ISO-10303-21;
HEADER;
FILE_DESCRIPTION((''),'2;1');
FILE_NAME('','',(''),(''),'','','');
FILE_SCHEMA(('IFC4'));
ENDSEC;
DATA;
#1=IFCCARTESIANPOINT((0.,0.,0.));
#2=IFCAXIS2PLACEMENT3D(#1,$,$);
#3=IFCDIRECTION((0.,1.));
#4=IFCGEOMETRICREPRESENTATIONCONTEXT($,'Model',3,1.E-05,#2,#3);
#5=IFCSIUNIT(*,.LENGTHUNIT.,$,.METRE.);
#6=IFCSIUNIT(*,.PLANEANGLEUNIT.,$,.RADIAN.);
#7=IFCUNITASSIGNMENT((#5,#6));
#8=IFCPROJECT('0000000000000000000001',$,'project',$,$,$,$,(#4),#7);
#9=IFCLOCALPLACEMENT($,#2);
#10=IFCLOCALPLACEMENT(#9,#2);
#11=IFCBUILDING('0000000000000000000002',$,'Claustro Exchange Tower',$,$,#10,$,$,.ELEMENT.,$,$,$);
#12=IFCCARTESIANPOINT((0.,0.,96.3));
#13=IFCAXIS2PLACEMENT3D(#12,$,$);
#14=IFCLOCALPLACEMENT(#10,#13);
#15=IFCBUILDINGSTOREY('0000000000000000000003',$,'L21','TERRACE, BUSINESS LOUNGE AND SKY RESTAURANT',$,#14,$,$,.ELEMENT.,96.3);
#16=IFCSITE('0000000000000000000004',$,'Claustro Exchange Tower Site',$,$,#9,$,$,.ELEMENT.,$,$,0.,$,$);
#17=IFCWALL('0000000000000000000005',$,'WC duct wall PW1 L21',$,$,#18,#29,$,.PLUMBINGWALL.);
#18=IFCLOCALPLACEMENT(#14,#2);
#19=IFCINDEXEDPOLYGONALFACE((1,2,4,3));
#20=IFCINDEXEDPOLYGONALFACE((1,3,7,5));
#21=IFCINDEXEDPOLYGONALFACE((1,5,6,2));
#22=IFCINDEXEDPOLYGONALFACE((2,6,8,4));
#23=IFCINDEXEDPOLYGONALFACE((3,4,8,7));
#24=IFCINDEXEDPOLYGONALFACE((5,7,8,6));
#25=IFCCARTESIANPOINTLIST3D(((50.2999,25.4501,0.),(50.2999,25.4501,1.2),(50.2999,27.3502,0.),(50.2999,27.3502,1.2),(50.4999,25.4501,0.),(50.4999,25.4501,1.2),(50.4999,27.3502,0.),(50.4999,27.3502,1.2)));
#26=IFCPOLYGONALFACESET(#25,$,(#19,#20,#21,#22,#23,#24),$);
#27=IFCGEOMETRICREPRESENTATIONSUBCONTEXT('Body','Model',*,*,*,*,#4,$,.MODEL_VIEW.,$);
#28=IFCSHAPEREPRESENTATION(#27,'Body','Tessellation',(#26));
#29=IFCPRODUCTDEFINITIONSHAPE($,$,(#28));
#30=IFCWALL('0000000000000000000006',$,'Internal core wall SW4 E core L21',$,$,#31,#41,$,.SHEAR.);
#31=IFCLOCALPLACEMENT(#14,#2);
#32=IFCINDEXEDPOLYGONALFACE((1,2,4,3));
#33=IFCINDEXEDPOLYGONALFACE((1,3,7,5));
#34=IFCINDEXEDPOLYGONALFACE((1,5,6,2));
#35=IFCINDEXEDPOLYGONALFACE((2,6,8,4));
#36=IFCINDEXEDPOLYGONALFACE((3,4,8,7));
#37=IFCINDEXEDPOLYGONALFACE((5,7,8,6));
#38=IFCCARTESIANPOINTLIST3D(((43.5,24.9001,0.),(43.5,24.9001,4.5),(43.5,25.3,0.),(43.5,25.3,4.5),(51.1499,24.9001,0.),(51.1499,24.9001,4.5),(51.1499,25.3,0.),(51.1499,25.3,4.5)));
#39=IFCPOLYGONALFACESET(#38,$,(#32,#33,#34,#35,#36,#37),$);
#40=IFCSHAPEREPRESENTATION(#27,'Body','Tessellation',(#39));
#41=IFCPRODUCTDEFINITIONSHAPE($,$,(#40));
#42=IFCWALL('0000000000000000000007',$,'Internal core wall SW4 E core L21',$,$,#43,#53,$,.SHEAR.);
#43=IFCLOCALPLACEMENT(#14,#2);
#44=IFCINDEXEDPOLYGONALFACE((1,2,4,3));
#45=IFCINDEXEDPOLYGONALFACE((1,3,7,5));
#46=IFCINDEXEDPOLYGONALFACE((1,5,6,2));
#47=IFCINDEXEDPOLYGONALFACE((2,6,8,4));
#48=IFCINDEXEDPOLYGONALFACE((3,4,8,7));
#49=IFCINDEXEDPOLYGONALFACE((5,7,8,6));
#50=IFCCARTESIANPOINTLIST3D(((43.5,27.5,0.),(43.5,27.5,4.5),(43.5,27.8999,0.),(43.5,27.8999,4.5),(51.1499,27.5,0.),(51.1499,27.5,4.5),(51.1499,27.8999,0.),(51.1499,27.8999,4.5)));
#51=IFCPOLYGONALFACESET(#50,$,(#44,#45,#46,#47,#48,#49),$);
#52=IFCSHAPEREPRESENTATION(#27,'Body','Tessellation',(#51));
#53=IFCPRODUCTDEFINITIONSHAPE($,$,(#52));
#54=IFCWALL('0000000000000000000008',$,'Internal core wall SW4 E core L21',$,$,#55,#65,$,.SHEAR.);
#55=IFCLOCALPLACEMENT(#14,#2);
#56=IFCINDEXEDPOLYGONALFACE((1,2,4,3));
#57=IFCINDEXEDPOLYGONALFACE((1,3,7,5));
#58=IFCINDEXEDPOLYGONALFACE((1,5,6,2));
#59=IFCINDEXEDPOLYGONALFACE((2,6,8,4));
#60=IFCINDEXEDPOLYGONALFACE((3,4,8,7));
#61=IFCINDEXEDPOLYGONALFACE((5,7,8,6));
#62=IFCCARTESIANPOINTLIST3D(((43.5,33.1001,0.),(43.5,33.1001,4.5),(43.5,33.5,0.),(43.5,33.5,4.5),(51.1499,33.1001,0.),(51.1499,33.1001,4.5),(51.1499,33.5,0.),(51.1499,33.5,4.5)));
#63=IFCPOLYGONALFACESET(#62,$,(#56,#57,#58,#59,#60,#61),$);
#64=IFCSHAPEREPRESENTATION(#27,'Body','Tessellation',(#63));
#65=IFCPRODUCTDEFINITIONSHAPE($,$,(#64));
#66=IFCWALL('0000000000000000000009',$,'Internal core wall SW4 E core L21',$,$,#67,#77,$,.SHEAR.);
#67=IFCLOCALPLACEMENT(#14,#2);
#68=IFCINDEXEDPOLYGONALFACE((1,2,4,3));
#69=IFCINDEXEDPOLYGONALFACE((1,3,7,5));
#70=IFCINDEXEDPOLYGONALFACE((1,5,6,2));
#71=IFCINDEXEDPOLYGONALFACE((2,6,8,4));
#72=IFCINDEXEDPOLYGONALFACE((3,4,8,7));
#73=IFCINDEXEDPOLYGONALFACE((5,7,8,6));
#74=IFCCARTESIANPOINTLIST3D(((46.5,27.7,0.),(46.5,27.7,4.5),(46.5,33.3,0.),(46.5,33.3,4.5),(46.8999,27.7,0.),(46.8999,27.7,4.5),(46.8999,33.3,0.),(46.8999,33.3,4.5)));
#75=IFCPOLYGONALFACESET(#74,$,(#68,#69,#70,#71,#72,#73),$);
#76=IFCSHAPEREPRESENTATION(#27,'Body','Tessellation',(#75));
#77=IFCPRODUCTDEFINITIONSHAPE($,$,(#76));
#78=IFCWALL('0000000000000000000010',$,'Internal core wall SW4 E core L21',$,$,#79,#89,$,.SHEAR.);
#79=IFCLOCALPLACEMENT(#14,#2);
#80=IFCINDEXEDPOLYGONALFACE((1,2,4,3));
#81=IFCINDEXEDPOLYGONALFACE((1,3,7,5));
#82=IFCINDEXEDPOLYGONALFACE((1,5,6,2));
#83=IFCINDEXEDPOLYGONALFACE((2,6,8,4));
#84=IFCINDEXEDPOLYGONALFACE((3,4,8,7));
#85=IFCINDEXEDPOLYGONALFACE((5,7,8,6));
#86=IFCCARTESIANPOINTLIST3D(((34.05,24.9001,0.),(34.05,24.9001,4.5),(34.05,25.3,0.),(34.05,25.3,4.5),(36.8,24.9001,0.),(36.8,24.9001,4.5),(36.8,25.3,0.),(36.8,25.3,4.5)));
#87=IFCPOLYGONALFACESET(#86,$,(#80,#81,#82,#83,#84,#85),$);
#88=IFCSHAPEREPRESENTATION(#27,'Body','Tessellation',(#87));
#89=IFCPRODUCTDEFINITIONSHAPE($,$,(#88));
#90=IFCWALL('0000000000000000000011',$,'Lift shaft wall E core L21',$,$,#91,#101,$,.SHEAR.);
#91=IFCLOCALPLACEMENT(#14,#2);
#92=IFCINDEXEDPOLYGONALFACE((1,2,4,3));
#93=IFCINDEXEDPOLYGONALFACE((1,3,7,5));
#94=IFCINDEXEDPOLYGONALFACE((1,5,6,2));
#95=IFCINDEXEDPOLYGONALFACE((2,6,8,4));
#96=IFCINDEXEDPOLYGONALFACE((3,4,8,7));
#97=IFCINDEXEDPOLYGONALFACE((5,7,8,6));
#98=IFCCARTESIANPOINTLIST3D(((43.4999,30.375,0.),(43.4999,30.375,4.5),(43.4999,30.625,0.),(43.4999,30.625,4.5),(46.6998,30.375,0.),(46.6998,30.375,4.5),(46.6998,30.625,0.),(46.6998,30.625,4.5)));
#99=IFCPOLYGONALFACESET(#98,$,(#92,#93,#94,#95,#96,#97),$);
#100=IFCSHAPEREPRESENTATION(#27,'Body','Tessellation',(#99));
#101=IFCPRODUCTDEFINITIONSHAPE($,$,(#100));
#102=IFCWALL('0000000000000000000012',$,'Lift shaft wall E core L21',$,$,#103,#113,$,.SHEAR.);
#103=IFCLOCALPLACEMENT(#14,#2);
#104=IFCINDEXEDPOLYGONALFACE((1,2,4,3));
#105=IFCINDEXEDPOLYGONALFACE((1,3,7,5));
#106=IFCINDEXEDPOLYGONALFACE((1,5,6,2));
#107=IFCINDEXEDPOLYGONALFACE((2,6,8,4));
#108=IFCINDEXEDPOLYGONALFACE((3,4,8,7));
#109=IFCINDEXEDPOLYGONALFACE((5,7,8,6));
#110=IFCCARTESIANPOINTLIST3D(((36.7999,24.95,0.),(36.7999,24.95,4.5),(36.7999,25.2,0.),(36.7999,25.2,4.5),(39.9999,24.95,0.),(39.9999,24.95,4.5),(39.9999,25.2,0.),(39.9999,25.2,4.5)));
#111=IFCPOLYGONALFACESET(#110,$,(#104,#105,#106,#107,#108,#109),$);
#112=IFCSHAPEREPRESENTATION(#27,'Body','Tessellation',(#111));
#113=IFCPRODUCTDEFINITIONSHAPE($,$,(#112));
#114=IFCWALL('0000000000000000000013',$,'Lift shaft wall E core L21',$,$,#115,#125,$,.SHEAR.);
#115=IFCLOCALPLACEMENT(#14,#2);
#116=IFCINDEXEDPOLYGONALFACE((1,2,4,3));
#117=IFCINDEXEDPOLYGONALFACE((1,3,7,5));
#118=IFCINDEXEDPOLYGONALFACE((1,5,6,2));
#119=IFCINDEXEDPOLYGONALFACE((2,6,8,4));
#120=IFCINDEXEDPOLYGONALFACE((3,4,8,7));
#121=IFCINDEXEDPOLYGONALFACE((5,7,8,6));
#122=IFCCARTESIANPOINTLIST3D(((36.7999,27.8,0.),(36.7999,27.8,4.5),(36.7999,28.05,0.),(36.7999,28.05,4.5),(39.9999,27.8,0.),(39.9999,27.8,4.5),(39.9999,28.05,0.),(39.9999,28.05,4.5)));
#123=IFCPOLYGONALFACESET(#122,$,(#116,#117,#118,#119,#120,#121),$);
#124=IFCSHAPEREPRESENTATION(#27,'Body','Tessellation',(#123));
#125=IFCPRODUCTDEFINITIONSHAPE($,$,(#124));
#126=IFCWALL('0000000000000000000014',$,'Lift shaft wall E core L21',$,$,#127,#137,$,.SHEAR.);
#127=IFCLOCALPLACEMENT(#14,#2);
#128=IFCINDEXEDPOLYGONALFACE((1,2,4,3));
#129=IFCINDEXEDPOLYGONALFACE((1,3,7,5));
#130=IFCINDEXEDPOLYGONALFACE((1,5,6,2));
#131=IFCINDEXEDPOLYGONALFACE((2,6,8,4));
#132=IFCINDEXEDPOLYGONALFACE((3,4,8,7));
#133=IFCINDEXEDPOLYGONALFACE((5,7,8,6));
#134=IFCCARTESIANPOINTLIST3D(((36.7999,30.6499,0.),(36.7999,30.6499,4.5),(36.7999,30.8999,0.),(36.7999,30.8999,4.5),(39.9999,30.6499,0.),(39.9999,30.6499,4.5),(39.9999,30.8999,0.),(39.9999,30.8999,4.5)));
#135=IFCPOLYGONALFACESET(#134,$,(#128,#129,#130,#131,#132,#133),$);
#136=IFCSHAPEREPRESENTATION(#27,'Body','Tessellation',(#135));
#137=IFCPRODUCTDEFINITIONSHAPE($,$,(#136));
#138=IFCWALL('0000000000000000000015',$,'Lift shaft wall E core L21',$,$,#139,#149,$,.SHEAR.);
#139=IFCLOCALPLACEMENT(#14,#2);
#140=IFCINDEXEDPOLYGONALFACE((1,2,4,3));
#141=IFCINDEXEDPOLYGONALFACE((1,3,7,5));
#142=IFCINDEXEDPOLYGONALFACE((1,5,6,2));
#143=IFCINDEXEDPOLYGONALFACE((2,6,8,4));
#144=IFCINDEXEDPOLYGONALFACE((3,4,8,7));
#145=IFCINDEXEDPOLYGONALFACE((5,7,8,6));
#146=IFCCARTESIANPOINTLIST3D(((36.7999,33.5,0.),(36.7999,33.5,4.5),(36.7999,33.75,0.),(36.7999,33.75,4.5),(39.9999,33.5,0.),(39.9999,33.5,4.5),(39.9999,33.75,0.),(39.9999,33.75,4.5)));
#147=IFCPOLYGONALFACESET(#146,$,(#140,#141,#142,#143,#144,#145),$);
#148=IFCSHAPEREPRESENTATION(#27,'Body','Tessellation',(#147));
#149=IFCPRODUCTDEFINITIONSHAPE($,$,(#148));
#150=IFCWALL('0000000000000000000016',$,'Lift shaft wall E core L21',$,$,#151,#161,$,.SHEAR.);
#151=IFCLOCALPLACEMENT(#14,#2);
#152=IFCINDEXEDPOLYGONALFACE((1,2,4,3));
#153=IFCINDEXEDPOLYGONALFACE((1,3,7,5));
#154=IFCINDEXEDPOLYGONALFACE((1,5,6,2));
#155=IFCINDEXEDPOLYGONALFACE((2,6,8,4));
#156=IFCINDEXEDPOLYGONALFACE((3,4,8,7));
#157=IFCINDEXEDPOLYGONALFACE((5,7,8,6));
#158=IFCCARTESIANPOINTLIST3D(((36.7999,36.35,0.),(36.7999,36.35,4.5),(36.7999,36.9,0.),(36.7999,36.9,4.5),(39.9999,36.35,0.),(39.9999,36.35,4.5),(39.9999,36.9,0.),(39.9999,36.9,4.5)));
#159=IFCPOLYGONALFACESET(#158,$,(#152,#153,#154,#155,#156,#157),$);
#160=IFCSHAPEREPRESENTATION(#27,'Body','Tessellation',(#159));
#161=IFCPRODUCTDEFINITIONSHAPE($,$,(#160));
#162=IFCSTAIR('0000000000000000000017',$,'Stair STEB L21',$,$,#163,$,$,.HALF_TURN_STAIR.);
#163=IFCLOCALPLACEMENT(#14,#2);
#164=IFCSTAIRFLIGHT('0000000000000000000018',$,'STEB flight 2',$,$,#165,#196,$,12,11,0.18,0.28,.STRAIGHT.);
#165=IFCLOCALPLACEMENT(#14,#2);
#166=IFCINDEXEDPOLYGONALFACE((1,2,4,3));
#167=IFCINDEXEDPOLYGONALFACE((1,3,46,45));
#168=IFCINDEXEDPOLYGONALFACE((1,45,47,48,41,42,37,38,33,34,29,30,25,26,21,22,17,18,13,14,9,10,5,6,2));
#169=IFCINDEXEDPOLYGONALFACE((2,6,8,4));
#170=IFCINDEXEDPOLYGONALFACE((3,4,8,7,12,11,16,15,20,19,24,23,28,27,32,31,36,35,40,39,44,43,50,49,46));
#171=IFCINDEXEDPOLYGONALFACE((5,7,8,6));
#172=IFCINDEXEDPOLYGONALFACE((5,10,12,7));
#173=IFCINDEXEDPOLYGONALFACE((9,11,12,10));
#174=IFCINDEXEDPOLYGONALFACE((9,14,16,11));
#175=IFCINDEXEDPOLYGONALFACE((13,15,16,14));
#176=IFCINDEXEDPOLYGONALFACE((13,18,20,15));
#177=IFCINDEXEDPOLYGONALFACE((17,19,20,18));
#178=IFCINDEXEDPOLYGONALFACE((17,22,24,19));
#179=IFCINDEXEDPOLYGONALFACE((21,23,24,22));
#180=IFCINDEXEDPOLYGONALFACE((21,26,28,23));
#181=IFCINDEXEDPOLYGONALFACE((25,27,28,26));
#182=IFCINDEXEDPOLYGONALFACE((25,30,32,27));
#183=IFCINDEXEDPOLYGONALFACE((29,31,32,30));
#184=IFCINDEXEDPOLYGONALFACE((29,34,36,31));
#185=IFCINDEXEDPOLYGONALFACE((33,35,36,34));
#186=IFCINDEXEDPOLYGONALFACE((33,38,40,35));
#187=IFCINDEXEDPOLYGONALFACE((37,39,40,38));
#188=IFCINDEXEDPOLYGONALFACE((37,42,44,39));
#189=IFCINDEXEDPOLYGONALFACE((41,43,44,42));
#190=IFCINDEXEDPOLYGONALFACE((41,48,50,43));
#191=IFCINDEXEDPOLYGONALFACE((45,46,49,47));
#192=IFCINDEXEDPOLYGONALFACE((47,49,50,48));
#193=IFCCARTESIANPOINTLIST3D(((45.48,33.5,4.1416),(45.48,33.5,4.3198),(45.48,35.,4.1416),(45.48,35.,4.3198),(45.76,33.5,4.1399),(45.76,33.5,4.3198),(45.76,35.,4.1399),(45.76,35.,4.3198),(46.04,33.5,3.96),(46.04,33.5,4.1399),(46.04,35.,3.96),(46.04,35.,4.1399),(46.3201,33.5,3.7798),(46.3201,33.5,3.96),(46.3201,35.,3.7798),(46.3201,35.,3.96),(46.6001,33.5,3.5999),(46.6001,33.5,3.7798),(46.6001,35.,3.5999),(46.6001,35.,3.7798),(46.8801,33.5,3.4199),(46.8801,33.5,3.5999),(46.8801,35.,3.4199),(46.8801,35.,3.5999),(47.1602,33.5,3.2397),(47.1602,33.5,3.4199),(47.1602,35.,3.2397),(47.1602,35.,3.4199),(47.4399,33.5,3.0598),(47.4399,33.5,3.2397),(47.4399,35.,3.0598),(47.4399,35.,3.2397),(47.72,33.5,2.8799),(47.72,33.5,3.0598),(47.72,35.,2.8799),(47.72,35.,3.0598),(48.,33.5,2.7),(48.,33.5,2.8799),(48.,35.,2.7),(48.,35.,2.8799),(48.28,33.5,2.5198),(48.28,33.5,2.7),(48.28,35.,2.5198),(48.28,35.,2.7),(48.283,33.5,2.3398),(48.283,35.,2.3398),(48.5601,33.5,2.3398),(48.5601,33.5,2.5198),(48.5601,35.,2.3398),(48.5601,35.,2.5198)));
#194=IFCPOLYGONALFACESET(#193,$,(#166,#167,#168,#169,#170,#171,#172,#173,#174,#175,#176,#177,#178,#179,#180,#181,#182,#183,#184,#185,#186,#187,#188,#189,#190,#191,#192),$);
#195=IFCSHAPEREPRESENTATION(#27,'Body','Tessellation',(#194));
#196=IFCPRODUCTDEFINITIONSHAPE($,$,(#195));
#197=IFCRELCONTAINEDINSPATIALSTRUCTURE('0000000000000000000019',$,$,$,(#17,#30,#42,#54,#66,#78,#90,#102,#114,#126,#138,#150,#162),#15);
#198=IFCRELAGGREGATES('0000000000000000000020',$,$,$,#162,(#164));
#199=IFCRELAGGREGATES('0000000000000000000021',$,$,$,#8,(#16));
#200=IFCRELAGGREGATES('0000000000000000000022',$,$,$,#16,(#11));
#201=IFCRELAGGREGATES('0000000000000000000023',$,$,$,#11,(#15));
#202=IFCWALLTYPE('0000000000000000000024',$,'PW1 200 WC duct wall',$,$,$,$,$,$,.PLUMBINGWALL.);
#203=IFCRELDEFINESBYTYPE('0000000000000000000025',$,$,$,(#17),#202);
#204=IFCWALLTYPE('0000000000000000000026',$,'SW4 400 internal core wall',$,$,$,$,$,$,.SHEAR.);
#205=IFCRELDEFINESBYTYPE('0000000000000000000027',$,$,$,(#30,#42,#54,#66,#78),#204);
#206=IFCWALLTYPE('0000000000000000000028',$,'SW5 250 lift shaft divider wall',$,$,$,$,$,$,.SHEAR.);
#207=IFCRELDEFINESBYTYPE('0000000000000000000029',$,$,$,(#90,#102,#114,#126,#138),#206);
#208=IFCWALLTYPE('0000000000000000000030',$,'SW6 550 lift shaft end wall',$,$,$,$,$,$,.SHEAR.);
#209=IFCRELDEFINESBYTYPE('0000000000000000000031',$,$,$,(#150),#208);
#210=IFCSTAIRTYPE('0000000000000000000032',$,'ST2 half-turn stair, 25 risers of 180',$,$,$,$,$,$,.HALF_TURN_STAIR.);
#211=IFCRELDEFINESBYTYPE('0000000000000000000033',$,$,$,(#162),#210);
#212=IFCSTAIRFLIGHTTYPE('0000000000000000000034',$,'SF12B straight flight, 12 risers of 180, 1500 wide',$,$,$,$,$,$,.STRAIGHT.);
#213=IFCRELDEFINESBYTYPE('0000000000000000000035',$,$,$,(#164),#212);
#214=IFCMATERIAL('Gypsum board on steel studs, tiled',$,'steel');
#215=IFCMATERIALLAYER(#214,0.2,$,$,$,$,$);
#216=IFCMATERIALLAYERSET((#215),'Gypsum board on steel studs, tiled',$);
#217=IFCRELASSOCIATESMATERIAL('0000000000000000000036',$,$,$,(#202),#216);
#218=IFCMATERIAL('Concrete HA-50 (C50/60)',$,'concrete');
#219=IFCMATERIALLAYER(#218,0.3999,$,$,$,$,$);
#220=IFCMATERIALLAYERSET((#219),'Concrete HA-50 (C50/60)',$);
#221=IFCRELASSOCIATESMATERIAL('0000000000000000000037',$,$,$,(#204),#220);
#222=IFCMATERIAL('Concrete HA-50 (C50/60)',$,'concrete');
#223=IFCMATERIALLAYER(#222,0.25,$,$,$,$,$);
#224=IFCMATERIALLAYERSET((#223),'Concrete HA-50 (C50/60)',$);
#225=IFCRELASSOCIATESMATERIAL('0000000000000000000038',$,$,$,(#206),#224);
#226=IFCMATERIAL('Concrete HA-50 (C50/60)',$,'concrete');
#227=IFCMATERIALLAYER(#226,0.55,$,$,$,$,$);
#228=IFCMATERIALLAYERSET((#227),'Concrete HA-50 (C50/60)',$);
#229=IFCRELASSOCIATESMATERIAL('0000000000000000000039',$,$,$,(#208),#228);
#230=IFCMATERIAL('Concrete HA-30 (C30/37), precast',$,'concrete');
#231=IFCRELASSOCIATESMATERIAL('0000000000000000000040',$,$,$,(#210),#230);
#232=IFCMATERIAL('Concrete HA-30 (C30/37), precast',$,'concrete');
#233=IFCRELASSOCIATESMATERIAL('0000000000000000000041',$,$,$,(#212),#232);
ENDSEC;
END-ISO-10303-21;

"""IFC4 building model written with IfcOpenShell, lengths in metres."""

from ifc_helpers import new_model, si_unit, direction, frame, frame_2d, origin, place, context, subcontext, project, spatial, polyline, rectangle, outline, extrude, material, layer, layer_set, type_object, element, aggregate, save


model = new_model("IFC4")

# Units and contexts
model_context = context("Model", 3, precision=1e-05, world=origin(), true_north=direction((0.0, 1.0)))
body_context = subcontext(model_context, "Body", "Model", "MODEL_VIEW")
ifc_project = project(units=[si_unit("LENGTHUNIT", "METRE"), si_unit("PLANEANGLEUNIT", "RADIAN")], contexts=[model_context])

# Site, building, storey
site_placement = place(None, origin())
site = spatial("IfcSite", under=ifc_project, at=site_placement, Name="Claustro Exchange Tower Site", CompositionType="ELEMENT", RefElevation=0.0)
building_placement = place(site_placement, origin())
building = spatial("IfcBuilding", under=site, at=building_placement, Name="Claustro Exchange Tower", CompositionType="ELEMENT")
storey_placement = place(building_placement, frame((0.0, 0.0, 96.3)))
storey = spatial("IfcBuildingStorey", under=building, at=storey_placement, Name="L21", Description="TERRACE, BUSINESS LOUNGE AND SKY RESTAURANT", CompositionType="ELEMENT", Elevation=96.3)

# Wall
ifc_material_1 = material(Name="Gypsum board on steel studs, tiled", Category="steel")
ifc_layer_1 = layer(ifc_material_1, 0.2)
ifc_layer_set_1 = layer_set([ifc_layer_1], Name="Gypsum board on steel studs, tiled")
wall_type_1 = type_object("IfcWallType", Name="PW1 200 WC duct wall", PredefinedType="PLUMBINGWALL", material=ifc_layer_set_1)
wall_1_placement = place(storey_placement, frame((50.3999, 25.45, 0.0), z_axis=(0.0, 0.0, 1.0), x_axis=(0.0, 1.0, 0.0)))
element("IfcWall", 1, at=wall_1_placement, inside=storey, type_object=wall_type_1, Name="WC duct wall PW1 L21", PredefinedType="PLUMBINGWALL", context=body_context, shape_type="SweptSolid", body=[
    extrude(rectangle(XDim=1.9001, YDim=0.2, at=frame_2d((0.9502, 0.0))), origin(), (0.0, 0.0, 1.0), 1.2),
])

# Walls
ifc_material_2 = material(Name="Concrete HA-50 (C50/60)", Category="concrete")
ifc_layer_2 = layer(ifc_material_2, 0.3999)
ifc_layer_set_2 = layer_set([ifc_layer_2], Name="Concrete HA-50 (C50/60)")
wall_type_2 = type_object("IfcWallType", Name="SW4 400 internal core wall", PredefinedType="SHEAR", material=ifc_layer_set_2)
for number, where, z_axis, x_axis, name in (
    (2, (51.1499, 25.1001, 0.0), (0.0, 0.0, 1.0), (-1.0, 0.0, 0.0), "Internal core wall SW4 E core L21"),
    (3, (51.1499, 27.7, 0.0), (0.0, 0.0, 1.0), (-1.0, 0.0, 0.0), "Internal core wall SW4 E core L21"),
    (4, (51.1499, 33.3, 0.0), (0.0, 0.0, 1.0), (-1.0, 0.0, 0.0), "Internal core wall SW4 E core L21"),
):
    element("IfcWall", number, at=place(storey_placement, frame(where, z_axis=z_axis, x_axis=x_axis)), inside=storey, type_object=wall_type_2, Name=name, PredefinedType="SHEAR", context=body_context, shape_type="SweptSolid", body=[
        extrude(rectangle(XDim=7.6499, YDim=0.3999, at=frame_2d((3.825, 0.0))), origin(), (0.0, 0.0, 1.0), 4.5),
    ])
wall_2_placement = place(storey_placement, frame((46.7, 27.7, 0.0), z_axis=(0.0, 0.0, 1.0), x_axis=(0.0, 1.0, 0.0)))
element("IfcWall", 5, at=wall_2_placement, inside=storey, type_object=wall_type_2, Name="Internal core wall SW4 E core L21", PredefinedType="SHEAR", context=body_context, shape_type="SweptSolid", body=[
    extrude(rectangle(XDim=5.6001, YDim=0.3999, at=frame_2d((2.8, 0.0))), origin(), (0.0, 0.0, 1.0), 4.5),
])
wall_3_placement = place(storey_placement, frame((36.8, 25.1001, 0.0), z_axis=(0.0, 0.0, 1.0), x_axis=(-1.0, 0.0, 0.0)))
element("IfcWall", 6, at=wall_3_placement, inside=storey, type_object=wall_type_2, Name="Internal core wall SW4 E core L21", PredefinedType="SHEAR", context=body_context, shape_type="SweptSolid", body=[
    extrude(rectangle(XDim=2.75, YDim=0.3999, at=frame_2d((1.375, 0.0))), origin(), (0.0, 0.0, 1.0), 4.5),
])
ifc_material_3 = material(Name="Concrete HA-50 (C50/60)", Category="concrete")
ifc_layer_3 = layer(ifc_material_3, 0.25)
ifc_layer_set_3 = layer_set([ifc_layer_3], Name="Concrete HA-50 (C50/60)")
wall_type_3 = type_object("IfcWallType", Name="SW5 250 lift shaft divider wall", PredefinedType="SHEAR", material=ifc_layer_set_3)
for number, where, z_axis, x_axis, name in (
    (7, (46.7, 30.5, 0.0), (0.0, 0.0, 1.0), (-1.0, 0.0, 0.0), "Lift shaft wall E core L21"),
    (8, (40.0, 25.075, 0.0), (0.0, 0.0, 1.0), (-1.0, 0.0, 0.0), "Lift shaft wall E core L21"),
    (9, (40.0, 27.925, 0.0), (0.0, 0.0, 1.0), (-1.0, 0.0, 0.0), "Lift shaft wall E core L21"),
    (10, (40.0, 30.7749, 0.0), (0.0, 0.0, 1.0), (-1.0, 0.0, 0.0), "Lift shaft wall E core L21"),
    (11, (40.0, 33.625, 0.0), (0.0, 0.0, 1.0), (-1.0, 0.0, 0.0), "Lift shaft wall E core L21"),
):
    element("IfcWall", number, at=place(storey_placement, frame(where, z_axis=z_axis, x_axis=x_axis)), inside=storey, type_object=wall_type_3, Name=name, PredefinedType="SHEAR", context=body_context, shape_type="SweptSolid", body=[
        extrude(rectangle(XDim=3.2, YDim=0.25, at=frame_2d((1.6001, 0.0))), origin(), (0.0, 0.0, 1.0), 4.5),
    ])
ifc_material_4 = material(Name="Concrete HA-50 (C50/60)", Category="concrete")
ifc_layer_4 = layer(ifc_material_4, 0.55)
ifc_layer_set_4 = layer_set([ifc_layer_4], Name="Concrete HA-50 (C50/60)")
wall_type_4 = type_object("IfcWallType", Name="SW6 550 lift shaft end wall", PredefinedType="SHEAR", material=ifc_layer_set_4)
wall_4_placement = place(storey_placement, frame((40.0, 36.625, 0.0), z_axis=(0.0, 0.0, 1.0), x_axis=(-1.0, 0.0, 0.0)))
element("IfcWall", 12, at=wall_4_placement, inside=storey, type_object=wall_type_4, Name="Lift shaft wall E core L21", PredefinedType="SHEAR", context=body_context, shape_type="SweptSolid", body=[
    extrude(rectangle(XDim=3.2, YDim=0.55, at=frame_2d((1.6001, 0.0))), origin(), (0.0, 0.0, 1.0), 4.5),
])

# Stair, stair flight
ifc_material_5 = material(Name="Concrete HA-30 (C30/37), precast", Category="concrete")
stair_type = type_object("IfcStairType", Name="ST2 half-turn stair, 25 risers of 180", PredefinedType="HALF_TURN_STAIR", material=ifc_material_5)
stair_placement = place(storey_placement, origin())
stair = element("IfcStair", 13, at=stair_placement, inside=storey, type_object=stair_type, Name="Stair STEB L21", PredefinedType="HALF_TURN_STAIR")
ifc_material_6 = material(Name="Concrete HA-30 (C30/37), precast", Category="concrete")
stair_flight_type_1 = type_object("IfcStairFlightType", Name="SF12B straight flight, 12 risers of 180, 1500 wide", PredefinedType="STRAIGHT", material=ifc_material_6)
stair_flight_1_placement = place(storey_placement, frame((48.5601, 34.25, 2.3398), z_axis=(0.0, 0.0, 1.0), x_axis=(-1.0, 0.0, 0.0)))
stair_flight_1 = element("IfcStairFlight", 14, at=stair_flight_1_placement, type_object=stair_flight_type_1, Name="STEB flight 2", NumberOfRisers=12, NumberOfTreads=11, PredefinedType="STRAIGHT", RiserHeight=0.18, TreadLength=0.28, context=body_context, shape_type="SweptSolid", body=[
    extrude(outline(polyline([(0.0, 0.0), (0.0, 0.1799), (0.28, 0.1799), (0.28, 0.3601), (0.5601, 0.3601), (0.5601, 0.54), (0.8401, 0.54), (0.8401, 0.72), (1.1201, 0.72), (1.1201, 0.8999), (1.3999, 0.8999), (1.3999, 1.0801), (1.6799, 1.0801), (1.6799, 1.26), (1.96, 1.26), (1.96, 1.4399), (2.24, 1.4399), (2.24, 1.6201), (2.52, 1.6201), (2.52, 1.8), (2.8, 1.8), (2.8, 1.98), (3.0801, 1.98), (3.0801, 2.1599), (3.0801, 1.8018), (0.2771, 0.0), (0.0, 0.0)])), frame((0.0, 0.75, 0.0), z_axis=(0.0, -1.0, 0.0), x_axis=(1.0, 0.0, 0.0)), (0.0, 0.0, 1.0), 1.5),
])
aggregate(stair, [stair_flight_1])

save(model, "model.ifc")
